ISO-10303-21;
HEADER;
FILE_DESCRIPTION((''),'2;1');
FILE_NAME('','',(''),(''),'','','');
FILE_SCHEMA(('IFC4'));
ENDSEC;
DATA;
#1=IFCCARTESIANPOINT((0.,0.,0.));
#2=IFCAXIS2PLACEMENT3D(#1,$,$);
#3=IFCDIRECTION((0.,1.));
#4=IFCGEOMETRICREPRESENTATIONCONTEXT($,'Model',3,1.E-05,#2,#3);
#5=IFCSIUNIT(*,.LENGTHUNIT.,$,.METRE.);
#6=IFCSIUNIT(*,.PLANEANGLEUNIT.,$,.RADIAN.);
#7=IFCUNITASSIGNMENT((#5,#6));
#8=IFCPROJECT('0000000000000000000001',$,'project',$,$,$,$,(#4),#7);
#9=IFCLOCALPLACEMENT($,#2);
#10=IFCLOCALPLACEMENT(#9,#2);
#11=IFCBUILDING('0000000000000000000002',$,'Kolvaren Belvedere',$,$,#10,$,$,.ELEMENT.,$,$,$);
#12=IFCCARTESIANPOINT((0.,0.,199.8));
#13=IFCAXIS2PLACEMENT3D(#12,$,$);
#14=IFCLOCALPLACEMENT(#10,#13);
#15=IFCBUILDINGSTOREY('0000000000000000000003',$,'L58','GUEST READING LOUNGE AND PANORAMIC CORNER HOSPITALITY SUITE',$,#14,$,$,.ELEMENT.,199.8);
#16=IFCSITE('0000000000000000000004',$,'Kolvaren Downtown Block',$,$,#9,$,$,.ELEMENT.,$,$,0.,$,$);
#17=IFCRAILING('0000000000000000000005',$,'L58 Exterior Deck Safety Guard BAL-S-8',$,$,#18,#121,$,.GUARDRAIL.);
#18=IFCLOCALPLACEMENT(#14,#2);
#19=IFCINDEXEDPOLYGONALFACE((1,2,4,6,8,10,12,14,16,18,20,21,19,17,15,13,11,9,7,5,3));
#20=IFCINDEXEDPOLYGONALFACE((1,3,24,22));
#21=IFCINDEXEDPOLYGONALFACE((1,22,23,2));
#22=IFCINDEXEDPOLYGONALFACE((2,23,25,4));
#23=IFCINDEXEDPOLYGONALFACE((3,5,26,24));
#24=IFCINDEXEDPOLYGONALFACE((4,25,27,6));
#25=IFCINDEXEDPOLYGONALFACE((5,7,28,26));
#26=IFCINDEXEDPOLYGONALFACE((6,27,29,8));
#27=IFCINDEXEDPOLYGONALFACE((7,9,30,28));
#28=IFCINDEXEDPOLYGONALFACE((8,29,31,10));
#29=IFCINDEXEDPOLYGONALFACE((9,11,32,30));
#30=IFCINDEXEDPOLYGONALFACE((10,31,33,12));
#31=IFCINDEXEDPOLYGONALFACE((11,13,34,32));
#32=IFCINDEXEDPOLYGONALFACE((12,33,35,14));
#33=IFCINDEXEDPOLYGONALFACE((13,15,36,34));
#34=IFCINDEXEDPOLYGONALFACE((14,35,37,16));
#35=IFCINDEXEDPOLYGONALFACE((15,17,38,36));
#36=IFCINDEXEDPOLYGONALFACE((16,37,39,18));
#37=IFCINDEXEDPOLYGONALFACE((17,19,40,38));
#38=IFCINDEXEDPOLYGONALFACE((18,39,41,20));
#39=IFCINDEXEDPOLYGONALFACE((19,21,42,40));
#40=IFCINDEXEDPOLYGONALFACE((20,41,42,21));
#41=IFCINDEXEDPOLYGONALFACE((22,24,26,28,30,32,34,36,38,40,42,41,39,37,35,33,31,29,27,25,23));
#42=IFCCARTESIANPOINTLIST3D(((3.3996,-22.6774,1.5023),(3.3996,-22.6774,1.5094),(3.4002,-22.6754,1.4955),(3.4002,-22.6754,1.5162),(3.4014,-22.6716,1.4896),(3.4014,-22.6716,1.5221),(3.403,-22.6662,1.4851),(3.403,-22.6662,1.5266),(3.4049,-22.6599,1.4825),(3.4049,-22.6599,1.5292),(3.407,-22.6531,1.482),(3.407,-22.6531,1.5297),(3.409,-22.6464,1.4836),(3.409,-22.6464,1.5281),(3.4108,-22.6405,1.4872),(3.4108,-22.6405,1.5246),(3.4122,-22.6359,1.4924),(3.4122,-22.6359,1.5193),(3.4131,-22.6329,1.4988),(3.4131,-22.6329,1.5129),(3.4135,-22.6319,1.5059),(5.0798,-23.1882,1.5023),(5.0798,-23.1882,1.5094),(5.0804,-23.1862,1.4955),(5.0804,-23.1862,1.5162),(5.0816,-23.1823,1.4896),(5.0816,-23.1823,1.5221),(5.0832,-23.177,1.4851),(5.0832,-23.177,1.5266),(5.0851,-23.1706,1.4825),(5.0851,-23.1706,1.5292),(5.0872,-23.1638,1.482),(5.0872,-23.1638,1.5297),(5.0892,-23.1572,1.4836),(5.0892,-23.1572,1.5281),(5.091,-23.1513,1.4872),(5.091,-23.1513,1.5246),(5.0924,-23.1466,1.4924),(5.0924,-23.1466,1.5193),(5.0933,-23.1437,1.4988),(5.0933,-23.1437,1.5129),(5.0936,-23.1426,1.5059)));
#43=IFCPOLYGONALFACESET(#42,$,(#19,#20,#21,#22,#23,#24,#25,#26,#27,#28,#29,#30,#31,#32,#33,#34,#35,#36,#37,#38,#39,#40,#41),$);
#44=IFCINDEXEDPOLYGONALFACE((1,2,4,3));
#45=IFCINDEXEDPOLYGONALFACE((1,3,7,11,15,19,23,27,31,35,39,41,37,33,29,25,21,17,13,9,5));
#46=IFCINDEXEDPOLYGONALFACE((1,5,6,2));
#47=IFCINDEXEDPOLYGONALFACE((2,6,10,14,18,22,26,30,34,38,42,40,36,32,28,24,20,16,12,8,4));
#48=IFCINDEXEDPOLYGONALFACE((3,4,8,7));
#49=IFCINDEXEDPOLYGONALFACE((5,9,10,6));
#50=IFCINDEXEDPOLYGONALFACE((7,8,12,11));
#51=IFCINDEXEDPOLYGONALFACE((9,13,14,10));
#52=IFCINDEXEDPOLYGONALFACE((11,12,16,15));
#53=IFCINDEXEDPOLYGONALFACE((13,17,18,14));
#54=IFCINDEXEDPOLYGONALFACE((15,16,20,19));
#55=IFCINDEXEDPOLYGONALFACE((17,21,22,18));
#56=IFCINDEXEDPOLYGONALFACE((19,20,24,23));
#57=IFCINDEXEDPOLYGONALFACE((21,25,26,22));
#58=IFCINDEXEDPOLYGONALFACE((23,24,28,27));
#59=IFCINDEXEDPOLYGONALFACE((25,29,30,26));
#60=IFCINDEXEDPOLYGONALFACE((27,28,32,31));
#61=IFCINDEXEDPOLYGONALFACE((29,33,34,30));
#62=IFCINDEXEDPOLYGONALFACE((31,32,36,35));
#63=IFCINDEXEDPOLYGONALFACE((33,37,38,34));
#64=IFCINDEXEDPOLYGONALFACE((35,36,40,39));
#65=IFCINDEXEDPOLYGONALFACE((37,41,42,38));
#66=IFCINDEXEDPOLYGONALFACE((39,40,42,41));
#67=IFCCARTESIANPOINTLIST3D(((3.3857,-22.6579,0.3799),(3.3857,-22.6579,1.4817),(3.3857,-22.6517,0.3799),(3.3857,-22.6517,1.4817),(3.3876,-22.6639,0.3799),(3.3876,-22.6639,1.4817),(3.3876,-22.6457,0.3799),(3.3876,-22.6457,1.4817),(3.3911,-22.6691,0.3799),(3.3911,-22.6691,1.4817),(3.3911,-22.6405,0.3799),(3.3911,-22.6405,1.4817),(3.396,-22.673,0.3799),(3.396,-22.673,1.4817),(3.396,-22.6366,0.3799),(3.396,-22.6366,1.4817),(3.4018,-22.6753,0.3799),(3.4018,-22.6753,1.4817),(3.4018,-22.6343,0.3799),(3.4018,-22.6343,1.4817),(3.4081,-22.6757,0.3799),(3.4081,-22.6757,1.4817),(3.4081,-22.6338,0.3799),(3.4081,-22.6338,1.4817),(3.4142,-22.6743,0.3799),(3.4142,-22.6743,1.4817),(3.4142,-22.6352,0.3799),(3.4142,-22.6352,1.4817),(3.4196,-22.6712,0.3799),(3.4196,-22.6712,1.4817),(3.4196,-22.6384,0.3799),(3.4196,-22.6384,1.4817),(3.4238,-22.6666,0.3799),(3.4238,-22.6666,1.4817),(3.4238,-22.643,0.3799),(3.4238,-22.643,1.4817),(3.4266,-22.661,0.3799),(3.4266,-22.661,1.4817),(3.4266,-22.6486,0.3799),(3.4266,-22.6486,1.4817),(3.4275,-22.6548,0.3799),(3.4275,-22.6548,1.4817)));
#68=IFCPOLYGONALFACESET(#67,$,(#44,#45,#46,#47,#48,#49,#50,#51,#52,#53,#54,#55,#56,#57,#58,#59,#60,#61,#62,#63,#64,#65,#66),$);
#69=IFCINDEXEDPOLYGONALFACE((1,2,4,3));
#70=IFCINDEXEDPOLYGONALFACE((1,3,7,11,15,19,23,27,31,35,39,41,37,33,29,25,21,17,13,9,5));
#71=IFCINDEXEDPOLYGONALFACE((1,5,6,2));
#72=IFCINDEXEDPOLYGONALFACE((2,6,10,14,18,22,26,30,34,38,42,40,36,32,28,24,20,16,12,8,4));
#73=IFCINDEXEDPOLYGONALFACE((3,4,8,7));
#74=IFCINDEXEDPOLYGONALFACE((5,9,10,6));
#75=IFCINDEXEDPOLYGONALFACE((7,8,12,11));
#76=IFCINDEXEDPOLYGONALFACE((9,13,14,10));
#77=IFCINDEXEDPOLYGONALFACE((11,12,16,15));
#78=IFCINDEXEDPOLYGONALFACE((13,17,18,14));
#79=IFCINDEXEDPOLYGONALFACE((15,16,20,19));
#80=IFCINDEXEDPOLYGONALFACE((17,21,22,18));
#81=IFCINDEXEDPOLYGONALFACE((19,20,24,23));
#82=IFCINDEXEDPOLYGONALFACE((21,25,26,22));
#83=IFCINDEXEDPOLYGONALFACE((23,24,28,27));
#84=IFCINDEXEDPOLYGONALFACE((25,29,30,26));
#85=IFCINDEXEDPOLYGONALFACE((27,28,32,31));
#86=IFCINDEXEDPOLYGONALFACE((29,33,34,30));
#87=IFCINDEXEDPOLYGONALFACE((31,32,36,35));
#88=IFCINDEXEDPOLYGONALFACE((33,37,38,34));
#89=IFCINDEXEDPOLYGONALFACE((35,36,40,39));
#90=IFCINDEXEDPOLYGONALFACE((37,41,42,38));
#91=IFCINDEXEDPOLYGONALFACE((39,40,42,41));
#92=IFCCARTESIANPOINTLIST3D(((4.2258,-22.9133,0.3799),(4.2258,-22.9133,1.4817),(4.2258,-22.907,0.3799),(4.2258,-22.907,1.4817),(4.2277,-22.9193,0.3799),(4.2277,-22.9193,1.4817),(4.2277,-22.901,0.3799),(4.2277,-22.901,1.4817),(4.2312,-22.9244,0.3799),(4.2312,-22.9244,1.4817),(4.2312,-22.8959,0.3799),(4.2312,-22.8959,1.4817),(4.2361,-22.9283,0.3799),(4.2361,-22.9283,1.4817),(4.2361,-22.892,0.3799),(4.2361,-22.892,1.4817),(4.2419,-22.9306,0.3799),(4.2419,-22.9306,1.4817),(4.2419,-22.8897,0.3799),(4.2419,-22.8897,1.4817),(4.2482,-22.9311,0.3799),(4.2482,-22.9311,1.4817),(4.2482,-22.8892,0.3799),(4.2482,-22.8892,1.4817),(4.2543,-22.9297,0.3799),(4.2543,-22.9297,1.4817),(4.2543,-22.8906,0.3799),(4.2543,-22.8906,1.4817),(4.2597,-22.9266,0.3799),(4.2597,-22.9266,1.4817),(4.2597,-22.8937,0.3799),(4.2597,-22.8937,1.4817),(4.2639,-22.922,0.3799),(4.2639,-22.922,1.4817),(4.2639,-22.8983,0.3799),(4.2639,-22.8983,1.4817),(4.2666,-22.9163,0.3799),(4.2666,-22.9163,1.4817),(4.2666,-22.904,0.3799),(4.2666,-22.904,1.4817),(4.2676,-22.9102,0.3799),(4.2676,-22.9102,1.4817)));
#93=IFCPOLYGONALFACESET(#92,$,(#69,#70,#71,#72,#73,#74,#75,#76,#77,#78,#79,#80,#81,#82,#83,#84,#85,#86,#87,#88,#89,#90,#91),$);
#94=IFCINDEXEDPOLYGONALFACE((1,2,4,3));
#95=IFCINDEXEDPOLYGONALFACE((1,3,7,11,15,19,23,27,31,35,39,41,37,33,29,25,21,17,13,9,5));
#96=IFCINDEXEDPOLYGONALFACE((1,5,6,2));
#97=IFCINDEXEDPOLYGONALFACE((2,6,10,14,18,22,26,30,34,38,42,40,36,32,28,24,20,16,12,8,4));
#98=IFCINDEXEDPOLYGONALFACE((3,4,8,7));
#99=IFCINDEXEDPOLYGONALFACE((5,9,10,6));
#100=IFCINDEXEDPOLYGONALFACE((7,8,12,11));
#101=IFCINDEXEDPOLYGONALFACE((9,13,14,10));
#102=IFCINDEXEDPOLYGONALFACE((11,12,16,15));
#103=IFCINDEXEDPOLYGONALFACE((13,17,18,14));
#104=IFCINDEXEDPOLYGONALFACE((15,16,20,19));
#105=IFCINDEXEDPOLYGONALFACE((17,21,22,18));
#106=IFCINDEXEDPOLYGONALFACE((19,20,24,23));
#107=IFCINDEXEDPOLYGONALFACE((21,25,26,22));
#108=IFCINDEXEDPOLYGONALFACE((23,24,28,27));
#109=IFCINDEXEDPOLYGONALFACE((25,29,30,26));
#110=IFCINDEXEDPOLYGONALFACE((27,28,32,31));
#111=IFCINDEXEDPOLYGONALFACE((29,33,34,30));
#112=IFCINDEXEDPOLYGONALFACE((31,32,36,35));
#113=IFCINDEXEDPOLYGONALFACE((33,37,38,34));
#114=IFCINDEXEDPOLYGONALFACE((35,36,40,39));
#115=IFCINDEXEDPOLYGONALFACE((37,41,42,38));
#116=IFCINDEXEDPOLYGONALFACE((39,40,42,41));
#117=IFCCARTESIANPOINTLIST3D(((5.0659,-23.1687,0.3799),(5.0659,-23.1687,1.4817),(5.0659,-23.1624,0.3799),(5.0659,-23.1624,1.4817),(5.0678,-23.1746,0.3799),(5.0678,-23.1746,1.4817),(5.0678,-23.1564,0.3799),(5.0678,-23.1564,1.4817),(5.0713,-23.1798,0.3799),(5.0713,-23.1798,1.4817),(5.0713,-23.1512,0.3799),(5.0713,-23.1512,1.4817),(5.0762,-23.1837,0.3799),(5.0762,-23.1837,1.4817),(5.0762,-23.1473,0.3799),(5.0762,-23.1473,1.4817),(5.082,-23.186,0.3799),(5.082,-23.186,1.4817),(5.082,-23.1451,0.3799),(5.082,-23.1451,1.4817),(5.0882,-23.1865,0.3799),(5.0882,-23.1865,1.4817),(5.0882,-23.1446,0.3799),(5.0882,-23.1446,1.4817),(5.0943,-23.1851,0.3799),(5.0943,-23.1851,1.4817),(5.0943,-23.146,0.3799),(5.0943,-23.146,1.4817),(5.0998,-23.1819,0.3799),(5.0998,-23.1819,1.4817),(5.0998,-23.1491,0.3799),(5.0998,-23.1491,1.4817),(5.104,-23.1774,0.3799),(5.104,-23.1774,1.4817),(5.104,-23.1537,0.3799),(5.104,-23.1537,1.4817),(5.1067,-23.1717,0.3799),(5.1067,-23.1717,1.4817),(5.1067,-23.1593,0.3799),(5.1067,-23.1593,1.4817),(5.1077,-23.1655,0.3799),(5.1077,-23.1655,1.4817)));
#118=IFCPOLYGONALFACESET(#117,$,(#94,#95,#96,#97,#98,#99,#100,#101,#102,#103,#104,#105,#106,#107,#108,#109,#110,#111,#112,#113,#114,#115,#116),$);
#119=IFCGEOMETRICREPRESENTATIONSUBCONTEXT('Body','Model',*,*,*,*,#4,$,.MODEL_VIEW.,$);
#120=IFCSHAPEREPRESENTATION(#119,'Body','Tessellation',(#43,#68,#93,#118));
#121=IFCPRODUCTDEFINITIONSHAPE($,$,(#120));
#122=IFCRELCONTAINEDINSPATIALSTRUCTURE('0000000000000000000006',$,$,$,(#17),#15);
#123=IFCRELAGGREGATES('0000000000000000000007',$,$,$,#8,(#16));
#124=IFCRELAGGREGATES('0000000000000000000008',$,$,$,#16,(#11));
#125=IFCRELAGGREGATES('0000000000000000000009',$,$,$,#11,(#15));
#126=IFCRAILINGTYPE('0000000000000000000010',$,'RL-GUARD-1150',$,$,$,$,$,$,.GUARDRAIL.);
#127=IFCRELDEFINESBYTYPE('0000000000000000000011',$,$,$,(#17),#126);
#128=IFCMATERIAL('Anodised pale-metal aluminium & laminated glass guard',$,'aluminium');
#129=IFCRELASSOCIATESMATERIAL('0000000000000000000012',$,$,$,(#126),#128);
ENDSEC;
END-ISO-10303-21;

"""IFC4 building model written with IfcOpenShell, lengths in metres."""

from ifc_helpers import new_model, si_unit, direction, frame, origin, origin_2d, place, context, subcontext, project, spatial, circle, extrude, material, type_object, element, save


model = new_model("IFC4")

# Units and contexts
model_context = context("Model", 3, precision=1e-05, world=origin(), true_north=direction((0.0, 1.0)))
body_context = subcontext(model_context, "Body", "Model", "MODEL_VIEW")
ifc_project = project(units=[si_unit("LENGTHUNIT", "METRE"), si_unit("PLANEANGLEUNIT", "RADIAN")], contexts=[model_context])

# Site, building, storey
site_placement = place(None, origin())
site = spatial("IfcSite", under=ifc_project, at=site_placement, Name="Kolvaren Downtown Block", CompositionType="ELEMENT", RefElevation=0.0)
building_placement = place(site_placement, origin())
building = spatial("IfcBuilding", under=site, at=building_placement, Name="Kolvaren Belvedere", CompositionType="ELEMENT")
storey_placement = place(building_placement, frame((0.0, 0.0, 199.8)))
storey = spatial("IfcBuildingStorey", under=building, at=storey_placement, Name="L58", Description="GUEST READING LOUNGE AND PANORAMIC CORNER HOSPITALITY SUITE", CompositionType="ELEMENT", Elevation=199.8)

# Railing
ifc_material_1 = material(Name="Anodised pale-metal aluminium & laminated glass guard", Category="aluminium")
railing_type = type_object("IfcRailingType", Name="RL-GUARD-1150", PredefinedType="GUARDRAIL", material=ifc_material_1)
railing_1_placement = place(storey_placement, frame((3.4065, -22.6548, 0.3799)))
element("IfcRailing", 1, at=railing_1_placement, inside=storey, type_object=railing_type, Name="L58 Exterior Deck Safety Guard BAL-S-8", PredefinedType="GUARDRAIL", context=body_context, shape_type="SweptSolid", body=[
    extrude(circle(Radius=0.0239, at=origin_2d()), frame((0.0, 0.0, 1.126), z_axis=(0.956771, -0.290841, 0.0), x_axis=(0.290841, 0.956771, 0.0)), (0.0, 0.0, 1.0), 1.7561),
    extrude(circle(Radius=0.021, at=origin_2d()), origin(), (0.0, 0.0, 1.0), 1.1018),
    extrude(circle(Radius=0.021, at=origin_2d()), frame((0.8401, -0.2554, 0.0)), (0.0, 0.0, 1.0), 1.1018),
    extrude(circle(Radius=0.021, at=origin_2d()), frame((1.6802, -0.5107, 0.0)), (0.0, 0.0, 1.0), 1.1018),
])

save(model, "model.ifc")
